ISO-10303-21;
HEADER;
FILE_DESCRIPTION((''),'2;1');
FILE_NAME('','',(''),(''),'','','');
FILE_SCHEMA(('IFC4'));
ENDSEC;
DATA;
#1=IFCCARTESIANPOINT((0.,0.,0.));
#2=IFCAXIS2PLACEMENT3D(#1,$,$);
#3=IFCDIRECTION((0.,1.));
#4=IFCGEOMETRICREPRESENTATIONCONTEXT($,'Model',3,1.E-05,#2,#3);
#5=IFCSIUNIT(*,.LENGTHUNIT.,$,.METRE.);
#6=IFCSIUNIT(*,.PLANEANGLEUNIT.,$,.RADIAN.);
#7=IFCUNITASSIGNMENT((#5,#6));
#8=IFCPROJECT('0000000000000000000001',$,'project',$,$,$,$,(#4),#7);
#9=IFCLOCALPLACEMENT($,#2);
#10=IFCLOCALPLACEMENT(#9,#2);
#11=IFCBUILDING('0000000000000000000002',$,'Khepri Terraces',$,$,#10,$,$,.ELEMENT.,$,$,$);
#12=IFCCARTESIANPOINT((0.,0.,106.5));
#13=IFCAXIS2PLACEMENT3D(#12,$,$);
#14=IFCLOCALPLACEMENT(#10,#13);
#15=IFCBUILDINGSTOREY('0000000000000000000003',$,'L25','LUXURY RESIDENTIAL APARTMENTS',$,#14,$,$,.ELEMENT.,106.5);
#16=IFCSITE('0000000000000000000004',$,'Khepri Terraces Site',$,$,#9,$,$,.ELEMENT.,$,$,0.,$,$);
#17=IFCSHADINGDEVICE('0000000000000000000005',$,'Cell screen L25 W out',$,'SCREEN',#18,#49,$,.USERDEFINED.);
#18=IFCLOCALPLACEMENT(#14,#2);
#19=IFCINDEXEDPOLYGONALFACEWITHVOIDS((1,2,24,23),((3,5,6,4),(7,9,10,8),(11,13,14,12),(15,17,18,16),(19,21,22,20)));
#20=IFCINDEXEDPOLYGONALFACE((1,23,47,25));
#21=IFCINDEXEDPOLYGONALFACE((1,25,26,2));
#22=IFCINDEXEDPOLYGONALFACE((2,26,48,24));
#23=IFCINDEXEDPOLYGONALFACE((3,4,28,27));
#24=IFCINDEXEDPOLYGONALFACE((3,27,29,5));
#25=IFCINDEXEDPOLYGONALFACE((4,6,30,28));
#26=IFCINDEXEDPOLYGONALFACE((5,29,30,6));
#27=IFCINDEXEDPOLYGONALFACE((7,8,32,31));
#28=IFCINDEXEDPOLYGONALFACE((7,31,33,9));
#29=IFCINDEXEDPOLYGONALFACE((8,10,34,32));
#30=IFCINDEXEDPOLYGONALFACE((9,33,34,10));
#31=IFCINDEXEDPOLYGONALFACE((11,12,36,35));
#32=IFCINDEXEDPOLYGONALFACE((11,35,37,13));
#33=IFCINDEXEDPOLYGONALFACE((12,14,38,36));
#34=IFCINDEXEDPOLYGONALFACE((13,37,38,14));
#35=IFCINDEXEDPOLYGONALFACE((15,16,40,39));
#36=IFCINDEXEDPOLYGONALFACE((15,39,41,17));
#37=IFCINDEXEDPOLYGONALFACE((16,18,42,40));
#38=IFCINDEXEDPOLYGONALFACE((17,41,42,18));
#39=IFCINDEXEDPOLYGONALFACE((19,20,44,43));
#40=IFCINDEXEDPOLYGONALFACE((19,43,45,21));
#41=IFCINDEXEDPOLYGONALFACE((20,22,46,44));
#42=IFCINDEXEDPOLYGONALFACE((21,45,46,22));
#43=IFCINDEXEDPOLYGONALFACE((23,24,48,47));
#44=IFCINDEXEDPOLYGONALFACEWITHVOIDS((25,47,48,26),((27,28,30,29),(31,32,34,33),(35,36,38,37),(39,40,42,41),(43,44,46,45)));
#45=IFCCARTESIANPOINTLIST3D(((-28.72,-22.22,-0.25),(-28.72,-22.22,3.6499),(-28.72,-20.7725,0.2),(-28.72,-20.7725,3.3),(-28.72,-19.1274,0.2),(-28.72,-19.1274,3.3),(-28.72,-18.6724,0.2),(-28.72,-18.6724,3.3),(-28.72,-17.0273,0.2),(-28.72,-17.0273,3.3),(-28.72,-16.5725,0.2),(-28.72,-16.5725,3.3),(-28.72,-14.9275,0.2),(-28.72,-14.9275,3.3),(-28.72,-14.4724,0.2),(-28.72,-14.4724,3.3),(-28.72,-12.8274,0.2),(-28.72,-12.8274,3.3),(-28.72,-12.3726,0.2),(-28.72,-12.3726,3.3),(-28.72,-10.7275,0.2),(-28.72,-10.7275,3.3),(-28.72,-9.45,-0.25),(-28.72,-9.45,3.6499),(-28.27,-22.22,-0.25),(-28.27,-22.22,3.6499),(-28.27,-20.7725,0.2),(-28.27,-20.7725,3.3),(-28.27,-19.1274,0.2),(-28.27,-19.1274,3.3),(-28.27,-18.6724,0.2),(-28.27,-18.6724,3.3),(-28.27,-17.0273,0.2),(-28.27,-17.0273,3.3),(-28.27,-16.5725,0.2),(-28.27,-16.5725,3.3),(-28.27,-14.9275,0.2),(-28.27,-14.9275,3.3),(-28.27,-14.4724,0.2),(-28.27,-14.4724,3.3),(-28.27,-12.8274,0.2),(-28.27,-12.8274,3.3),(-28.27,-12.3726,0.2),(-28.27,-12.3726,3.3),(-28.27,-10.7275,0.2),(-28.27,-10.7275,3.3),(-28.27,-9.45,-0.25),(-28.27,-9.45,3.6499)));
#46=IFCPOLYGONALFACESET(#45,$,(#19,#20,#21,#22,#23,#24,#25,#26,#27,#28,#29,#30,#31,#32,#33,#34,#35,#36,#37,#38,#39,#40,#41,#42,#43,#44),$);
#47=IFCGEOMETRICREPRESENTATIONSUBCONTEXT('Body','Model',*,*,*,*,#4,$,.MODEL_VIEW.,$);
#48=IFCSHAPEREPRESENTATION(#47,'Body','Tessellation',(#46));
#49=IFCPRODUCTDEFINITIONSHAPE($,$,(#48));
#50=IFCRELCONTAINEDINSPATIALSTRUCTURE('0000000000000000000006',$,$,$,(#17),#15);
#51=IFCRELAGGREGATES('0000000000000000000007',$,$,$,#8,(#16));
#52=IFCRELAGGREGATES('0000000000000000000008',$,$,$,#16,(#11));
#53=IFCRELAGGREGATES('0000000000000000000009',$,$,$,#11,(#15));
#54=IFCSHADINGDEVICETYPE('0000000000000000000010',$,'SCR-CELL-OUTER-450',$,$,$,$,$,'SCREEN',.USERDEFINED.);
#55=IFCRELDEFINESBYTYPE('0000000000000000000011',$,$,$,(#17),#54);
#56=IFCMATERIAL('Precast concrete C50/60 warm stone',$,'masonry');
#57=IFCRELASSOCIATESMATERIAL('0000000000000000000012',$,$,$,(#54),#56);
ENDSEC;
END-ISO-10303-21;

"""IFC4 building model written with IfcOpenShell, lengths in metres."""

from ifc_helpers import new_model, si_unit, direction, frame, origin, place, context, subcontext, project, spatial, polyline, outline, extrude, material, type_object, element, save


model = new_model("IFC4")

# Units and contexts
model_context = context("Model", 3, precision=1e-05, world=origin(), true_north=direction((0.0, 1.0)))
body_context = subcontext(model_context, "Body", "Model", "MODEL_VIEW")
ifc_project = project(units=[si_unit("LENGTHUNIT", "METRE"), si_unit("PLANEANGLEUNIT", "RADIAN")], contexts=[model_context])

# Site, building, storey
site_placement = place(None, origin())
site = spatial("IfcSite", under=ifc_project, at=site_placement, Name="Khepri Terraces Site", CompositionType="ELEMENT", RefElevation=0.0)
building_placement = place(site_placement, origin())
building = spatial("IfcBuilding", under=site, at=building_placement, Name="Khepri Terraces", CompositionType="ELEMENT")
storey_placement = place(building_placement, frame((0.0, 0.0, 106.5)))
storey = spatial("IfcBuildingStorey", under=building, at=storey_placement, Name="L25", Description="LUXURY RESIDENTIAL APARTMENTS", CompositionType="ELEMENT", Elevation=106.5)

# Shared definitions
ifc_material_1 = material(Name="Precast concrete C50/60 warm stone", Category="masonry")

# Shading device
shading_device_type_1 = type_object("IfcShadingDeviceType", Name="SCR-CELL-OUTER-450", ElementType="SCREEN", PredefinedType="USERDEFINED", material=ifc_material_1)
shading_device_1_placement = place(storey_placement, frame((-28.27, -9.45, -0.25), z_axis=(-1.0, 0.0, 0.0), x_axis=(0.0, -1.0, 0.0)))
element("IfcShadingDevice", 1, at=shading_device_1_placement, inside=storey, type_object=shading_device_type_1, Name="Cell screen L25 W out", ObjectType="SCREEN", PredefinedType="USERDEFINED", context=body_context, shape_type="SweptSolid", body=[
    extrude(outline(polyline([(0.0, 0.0), (12.77, 0.0), (12.77, 3.8999), (0.0, 3.8999), (0.0, 0.0)]), holes=[polyline([(1.2776, 0.45), (2.9226, 0.45), (2.9226, 3.55), (1.2776, 3.55), (1.2776, 0.45)]), polyline([(3.3774, 0.45), (5.0225, 0.45), (5.0225, 3.55), (3.3774, 3.55), (3.3774, 0.45)]), polyline([(5.4775, 0.45), (7.1226, 0.45), (7.1226, 3.55), (5.4775, 3.55), (5.4775, 0.45)]), polyline([(7.5774, 0.45), (9.2224, 0.45), (9.2224, 3.55), (7.5774, 3.55), (7.5774, 0.45)]), polyline([(9.6775, 0.45), (11.3225, 0.45), (11.3225, 3.55), (9.6775, 3.55), (9.6775, 0.45)])]), origin(), (0.0, 0.0, 1.0), 0.45),
])

save(model, "model.ifc")
